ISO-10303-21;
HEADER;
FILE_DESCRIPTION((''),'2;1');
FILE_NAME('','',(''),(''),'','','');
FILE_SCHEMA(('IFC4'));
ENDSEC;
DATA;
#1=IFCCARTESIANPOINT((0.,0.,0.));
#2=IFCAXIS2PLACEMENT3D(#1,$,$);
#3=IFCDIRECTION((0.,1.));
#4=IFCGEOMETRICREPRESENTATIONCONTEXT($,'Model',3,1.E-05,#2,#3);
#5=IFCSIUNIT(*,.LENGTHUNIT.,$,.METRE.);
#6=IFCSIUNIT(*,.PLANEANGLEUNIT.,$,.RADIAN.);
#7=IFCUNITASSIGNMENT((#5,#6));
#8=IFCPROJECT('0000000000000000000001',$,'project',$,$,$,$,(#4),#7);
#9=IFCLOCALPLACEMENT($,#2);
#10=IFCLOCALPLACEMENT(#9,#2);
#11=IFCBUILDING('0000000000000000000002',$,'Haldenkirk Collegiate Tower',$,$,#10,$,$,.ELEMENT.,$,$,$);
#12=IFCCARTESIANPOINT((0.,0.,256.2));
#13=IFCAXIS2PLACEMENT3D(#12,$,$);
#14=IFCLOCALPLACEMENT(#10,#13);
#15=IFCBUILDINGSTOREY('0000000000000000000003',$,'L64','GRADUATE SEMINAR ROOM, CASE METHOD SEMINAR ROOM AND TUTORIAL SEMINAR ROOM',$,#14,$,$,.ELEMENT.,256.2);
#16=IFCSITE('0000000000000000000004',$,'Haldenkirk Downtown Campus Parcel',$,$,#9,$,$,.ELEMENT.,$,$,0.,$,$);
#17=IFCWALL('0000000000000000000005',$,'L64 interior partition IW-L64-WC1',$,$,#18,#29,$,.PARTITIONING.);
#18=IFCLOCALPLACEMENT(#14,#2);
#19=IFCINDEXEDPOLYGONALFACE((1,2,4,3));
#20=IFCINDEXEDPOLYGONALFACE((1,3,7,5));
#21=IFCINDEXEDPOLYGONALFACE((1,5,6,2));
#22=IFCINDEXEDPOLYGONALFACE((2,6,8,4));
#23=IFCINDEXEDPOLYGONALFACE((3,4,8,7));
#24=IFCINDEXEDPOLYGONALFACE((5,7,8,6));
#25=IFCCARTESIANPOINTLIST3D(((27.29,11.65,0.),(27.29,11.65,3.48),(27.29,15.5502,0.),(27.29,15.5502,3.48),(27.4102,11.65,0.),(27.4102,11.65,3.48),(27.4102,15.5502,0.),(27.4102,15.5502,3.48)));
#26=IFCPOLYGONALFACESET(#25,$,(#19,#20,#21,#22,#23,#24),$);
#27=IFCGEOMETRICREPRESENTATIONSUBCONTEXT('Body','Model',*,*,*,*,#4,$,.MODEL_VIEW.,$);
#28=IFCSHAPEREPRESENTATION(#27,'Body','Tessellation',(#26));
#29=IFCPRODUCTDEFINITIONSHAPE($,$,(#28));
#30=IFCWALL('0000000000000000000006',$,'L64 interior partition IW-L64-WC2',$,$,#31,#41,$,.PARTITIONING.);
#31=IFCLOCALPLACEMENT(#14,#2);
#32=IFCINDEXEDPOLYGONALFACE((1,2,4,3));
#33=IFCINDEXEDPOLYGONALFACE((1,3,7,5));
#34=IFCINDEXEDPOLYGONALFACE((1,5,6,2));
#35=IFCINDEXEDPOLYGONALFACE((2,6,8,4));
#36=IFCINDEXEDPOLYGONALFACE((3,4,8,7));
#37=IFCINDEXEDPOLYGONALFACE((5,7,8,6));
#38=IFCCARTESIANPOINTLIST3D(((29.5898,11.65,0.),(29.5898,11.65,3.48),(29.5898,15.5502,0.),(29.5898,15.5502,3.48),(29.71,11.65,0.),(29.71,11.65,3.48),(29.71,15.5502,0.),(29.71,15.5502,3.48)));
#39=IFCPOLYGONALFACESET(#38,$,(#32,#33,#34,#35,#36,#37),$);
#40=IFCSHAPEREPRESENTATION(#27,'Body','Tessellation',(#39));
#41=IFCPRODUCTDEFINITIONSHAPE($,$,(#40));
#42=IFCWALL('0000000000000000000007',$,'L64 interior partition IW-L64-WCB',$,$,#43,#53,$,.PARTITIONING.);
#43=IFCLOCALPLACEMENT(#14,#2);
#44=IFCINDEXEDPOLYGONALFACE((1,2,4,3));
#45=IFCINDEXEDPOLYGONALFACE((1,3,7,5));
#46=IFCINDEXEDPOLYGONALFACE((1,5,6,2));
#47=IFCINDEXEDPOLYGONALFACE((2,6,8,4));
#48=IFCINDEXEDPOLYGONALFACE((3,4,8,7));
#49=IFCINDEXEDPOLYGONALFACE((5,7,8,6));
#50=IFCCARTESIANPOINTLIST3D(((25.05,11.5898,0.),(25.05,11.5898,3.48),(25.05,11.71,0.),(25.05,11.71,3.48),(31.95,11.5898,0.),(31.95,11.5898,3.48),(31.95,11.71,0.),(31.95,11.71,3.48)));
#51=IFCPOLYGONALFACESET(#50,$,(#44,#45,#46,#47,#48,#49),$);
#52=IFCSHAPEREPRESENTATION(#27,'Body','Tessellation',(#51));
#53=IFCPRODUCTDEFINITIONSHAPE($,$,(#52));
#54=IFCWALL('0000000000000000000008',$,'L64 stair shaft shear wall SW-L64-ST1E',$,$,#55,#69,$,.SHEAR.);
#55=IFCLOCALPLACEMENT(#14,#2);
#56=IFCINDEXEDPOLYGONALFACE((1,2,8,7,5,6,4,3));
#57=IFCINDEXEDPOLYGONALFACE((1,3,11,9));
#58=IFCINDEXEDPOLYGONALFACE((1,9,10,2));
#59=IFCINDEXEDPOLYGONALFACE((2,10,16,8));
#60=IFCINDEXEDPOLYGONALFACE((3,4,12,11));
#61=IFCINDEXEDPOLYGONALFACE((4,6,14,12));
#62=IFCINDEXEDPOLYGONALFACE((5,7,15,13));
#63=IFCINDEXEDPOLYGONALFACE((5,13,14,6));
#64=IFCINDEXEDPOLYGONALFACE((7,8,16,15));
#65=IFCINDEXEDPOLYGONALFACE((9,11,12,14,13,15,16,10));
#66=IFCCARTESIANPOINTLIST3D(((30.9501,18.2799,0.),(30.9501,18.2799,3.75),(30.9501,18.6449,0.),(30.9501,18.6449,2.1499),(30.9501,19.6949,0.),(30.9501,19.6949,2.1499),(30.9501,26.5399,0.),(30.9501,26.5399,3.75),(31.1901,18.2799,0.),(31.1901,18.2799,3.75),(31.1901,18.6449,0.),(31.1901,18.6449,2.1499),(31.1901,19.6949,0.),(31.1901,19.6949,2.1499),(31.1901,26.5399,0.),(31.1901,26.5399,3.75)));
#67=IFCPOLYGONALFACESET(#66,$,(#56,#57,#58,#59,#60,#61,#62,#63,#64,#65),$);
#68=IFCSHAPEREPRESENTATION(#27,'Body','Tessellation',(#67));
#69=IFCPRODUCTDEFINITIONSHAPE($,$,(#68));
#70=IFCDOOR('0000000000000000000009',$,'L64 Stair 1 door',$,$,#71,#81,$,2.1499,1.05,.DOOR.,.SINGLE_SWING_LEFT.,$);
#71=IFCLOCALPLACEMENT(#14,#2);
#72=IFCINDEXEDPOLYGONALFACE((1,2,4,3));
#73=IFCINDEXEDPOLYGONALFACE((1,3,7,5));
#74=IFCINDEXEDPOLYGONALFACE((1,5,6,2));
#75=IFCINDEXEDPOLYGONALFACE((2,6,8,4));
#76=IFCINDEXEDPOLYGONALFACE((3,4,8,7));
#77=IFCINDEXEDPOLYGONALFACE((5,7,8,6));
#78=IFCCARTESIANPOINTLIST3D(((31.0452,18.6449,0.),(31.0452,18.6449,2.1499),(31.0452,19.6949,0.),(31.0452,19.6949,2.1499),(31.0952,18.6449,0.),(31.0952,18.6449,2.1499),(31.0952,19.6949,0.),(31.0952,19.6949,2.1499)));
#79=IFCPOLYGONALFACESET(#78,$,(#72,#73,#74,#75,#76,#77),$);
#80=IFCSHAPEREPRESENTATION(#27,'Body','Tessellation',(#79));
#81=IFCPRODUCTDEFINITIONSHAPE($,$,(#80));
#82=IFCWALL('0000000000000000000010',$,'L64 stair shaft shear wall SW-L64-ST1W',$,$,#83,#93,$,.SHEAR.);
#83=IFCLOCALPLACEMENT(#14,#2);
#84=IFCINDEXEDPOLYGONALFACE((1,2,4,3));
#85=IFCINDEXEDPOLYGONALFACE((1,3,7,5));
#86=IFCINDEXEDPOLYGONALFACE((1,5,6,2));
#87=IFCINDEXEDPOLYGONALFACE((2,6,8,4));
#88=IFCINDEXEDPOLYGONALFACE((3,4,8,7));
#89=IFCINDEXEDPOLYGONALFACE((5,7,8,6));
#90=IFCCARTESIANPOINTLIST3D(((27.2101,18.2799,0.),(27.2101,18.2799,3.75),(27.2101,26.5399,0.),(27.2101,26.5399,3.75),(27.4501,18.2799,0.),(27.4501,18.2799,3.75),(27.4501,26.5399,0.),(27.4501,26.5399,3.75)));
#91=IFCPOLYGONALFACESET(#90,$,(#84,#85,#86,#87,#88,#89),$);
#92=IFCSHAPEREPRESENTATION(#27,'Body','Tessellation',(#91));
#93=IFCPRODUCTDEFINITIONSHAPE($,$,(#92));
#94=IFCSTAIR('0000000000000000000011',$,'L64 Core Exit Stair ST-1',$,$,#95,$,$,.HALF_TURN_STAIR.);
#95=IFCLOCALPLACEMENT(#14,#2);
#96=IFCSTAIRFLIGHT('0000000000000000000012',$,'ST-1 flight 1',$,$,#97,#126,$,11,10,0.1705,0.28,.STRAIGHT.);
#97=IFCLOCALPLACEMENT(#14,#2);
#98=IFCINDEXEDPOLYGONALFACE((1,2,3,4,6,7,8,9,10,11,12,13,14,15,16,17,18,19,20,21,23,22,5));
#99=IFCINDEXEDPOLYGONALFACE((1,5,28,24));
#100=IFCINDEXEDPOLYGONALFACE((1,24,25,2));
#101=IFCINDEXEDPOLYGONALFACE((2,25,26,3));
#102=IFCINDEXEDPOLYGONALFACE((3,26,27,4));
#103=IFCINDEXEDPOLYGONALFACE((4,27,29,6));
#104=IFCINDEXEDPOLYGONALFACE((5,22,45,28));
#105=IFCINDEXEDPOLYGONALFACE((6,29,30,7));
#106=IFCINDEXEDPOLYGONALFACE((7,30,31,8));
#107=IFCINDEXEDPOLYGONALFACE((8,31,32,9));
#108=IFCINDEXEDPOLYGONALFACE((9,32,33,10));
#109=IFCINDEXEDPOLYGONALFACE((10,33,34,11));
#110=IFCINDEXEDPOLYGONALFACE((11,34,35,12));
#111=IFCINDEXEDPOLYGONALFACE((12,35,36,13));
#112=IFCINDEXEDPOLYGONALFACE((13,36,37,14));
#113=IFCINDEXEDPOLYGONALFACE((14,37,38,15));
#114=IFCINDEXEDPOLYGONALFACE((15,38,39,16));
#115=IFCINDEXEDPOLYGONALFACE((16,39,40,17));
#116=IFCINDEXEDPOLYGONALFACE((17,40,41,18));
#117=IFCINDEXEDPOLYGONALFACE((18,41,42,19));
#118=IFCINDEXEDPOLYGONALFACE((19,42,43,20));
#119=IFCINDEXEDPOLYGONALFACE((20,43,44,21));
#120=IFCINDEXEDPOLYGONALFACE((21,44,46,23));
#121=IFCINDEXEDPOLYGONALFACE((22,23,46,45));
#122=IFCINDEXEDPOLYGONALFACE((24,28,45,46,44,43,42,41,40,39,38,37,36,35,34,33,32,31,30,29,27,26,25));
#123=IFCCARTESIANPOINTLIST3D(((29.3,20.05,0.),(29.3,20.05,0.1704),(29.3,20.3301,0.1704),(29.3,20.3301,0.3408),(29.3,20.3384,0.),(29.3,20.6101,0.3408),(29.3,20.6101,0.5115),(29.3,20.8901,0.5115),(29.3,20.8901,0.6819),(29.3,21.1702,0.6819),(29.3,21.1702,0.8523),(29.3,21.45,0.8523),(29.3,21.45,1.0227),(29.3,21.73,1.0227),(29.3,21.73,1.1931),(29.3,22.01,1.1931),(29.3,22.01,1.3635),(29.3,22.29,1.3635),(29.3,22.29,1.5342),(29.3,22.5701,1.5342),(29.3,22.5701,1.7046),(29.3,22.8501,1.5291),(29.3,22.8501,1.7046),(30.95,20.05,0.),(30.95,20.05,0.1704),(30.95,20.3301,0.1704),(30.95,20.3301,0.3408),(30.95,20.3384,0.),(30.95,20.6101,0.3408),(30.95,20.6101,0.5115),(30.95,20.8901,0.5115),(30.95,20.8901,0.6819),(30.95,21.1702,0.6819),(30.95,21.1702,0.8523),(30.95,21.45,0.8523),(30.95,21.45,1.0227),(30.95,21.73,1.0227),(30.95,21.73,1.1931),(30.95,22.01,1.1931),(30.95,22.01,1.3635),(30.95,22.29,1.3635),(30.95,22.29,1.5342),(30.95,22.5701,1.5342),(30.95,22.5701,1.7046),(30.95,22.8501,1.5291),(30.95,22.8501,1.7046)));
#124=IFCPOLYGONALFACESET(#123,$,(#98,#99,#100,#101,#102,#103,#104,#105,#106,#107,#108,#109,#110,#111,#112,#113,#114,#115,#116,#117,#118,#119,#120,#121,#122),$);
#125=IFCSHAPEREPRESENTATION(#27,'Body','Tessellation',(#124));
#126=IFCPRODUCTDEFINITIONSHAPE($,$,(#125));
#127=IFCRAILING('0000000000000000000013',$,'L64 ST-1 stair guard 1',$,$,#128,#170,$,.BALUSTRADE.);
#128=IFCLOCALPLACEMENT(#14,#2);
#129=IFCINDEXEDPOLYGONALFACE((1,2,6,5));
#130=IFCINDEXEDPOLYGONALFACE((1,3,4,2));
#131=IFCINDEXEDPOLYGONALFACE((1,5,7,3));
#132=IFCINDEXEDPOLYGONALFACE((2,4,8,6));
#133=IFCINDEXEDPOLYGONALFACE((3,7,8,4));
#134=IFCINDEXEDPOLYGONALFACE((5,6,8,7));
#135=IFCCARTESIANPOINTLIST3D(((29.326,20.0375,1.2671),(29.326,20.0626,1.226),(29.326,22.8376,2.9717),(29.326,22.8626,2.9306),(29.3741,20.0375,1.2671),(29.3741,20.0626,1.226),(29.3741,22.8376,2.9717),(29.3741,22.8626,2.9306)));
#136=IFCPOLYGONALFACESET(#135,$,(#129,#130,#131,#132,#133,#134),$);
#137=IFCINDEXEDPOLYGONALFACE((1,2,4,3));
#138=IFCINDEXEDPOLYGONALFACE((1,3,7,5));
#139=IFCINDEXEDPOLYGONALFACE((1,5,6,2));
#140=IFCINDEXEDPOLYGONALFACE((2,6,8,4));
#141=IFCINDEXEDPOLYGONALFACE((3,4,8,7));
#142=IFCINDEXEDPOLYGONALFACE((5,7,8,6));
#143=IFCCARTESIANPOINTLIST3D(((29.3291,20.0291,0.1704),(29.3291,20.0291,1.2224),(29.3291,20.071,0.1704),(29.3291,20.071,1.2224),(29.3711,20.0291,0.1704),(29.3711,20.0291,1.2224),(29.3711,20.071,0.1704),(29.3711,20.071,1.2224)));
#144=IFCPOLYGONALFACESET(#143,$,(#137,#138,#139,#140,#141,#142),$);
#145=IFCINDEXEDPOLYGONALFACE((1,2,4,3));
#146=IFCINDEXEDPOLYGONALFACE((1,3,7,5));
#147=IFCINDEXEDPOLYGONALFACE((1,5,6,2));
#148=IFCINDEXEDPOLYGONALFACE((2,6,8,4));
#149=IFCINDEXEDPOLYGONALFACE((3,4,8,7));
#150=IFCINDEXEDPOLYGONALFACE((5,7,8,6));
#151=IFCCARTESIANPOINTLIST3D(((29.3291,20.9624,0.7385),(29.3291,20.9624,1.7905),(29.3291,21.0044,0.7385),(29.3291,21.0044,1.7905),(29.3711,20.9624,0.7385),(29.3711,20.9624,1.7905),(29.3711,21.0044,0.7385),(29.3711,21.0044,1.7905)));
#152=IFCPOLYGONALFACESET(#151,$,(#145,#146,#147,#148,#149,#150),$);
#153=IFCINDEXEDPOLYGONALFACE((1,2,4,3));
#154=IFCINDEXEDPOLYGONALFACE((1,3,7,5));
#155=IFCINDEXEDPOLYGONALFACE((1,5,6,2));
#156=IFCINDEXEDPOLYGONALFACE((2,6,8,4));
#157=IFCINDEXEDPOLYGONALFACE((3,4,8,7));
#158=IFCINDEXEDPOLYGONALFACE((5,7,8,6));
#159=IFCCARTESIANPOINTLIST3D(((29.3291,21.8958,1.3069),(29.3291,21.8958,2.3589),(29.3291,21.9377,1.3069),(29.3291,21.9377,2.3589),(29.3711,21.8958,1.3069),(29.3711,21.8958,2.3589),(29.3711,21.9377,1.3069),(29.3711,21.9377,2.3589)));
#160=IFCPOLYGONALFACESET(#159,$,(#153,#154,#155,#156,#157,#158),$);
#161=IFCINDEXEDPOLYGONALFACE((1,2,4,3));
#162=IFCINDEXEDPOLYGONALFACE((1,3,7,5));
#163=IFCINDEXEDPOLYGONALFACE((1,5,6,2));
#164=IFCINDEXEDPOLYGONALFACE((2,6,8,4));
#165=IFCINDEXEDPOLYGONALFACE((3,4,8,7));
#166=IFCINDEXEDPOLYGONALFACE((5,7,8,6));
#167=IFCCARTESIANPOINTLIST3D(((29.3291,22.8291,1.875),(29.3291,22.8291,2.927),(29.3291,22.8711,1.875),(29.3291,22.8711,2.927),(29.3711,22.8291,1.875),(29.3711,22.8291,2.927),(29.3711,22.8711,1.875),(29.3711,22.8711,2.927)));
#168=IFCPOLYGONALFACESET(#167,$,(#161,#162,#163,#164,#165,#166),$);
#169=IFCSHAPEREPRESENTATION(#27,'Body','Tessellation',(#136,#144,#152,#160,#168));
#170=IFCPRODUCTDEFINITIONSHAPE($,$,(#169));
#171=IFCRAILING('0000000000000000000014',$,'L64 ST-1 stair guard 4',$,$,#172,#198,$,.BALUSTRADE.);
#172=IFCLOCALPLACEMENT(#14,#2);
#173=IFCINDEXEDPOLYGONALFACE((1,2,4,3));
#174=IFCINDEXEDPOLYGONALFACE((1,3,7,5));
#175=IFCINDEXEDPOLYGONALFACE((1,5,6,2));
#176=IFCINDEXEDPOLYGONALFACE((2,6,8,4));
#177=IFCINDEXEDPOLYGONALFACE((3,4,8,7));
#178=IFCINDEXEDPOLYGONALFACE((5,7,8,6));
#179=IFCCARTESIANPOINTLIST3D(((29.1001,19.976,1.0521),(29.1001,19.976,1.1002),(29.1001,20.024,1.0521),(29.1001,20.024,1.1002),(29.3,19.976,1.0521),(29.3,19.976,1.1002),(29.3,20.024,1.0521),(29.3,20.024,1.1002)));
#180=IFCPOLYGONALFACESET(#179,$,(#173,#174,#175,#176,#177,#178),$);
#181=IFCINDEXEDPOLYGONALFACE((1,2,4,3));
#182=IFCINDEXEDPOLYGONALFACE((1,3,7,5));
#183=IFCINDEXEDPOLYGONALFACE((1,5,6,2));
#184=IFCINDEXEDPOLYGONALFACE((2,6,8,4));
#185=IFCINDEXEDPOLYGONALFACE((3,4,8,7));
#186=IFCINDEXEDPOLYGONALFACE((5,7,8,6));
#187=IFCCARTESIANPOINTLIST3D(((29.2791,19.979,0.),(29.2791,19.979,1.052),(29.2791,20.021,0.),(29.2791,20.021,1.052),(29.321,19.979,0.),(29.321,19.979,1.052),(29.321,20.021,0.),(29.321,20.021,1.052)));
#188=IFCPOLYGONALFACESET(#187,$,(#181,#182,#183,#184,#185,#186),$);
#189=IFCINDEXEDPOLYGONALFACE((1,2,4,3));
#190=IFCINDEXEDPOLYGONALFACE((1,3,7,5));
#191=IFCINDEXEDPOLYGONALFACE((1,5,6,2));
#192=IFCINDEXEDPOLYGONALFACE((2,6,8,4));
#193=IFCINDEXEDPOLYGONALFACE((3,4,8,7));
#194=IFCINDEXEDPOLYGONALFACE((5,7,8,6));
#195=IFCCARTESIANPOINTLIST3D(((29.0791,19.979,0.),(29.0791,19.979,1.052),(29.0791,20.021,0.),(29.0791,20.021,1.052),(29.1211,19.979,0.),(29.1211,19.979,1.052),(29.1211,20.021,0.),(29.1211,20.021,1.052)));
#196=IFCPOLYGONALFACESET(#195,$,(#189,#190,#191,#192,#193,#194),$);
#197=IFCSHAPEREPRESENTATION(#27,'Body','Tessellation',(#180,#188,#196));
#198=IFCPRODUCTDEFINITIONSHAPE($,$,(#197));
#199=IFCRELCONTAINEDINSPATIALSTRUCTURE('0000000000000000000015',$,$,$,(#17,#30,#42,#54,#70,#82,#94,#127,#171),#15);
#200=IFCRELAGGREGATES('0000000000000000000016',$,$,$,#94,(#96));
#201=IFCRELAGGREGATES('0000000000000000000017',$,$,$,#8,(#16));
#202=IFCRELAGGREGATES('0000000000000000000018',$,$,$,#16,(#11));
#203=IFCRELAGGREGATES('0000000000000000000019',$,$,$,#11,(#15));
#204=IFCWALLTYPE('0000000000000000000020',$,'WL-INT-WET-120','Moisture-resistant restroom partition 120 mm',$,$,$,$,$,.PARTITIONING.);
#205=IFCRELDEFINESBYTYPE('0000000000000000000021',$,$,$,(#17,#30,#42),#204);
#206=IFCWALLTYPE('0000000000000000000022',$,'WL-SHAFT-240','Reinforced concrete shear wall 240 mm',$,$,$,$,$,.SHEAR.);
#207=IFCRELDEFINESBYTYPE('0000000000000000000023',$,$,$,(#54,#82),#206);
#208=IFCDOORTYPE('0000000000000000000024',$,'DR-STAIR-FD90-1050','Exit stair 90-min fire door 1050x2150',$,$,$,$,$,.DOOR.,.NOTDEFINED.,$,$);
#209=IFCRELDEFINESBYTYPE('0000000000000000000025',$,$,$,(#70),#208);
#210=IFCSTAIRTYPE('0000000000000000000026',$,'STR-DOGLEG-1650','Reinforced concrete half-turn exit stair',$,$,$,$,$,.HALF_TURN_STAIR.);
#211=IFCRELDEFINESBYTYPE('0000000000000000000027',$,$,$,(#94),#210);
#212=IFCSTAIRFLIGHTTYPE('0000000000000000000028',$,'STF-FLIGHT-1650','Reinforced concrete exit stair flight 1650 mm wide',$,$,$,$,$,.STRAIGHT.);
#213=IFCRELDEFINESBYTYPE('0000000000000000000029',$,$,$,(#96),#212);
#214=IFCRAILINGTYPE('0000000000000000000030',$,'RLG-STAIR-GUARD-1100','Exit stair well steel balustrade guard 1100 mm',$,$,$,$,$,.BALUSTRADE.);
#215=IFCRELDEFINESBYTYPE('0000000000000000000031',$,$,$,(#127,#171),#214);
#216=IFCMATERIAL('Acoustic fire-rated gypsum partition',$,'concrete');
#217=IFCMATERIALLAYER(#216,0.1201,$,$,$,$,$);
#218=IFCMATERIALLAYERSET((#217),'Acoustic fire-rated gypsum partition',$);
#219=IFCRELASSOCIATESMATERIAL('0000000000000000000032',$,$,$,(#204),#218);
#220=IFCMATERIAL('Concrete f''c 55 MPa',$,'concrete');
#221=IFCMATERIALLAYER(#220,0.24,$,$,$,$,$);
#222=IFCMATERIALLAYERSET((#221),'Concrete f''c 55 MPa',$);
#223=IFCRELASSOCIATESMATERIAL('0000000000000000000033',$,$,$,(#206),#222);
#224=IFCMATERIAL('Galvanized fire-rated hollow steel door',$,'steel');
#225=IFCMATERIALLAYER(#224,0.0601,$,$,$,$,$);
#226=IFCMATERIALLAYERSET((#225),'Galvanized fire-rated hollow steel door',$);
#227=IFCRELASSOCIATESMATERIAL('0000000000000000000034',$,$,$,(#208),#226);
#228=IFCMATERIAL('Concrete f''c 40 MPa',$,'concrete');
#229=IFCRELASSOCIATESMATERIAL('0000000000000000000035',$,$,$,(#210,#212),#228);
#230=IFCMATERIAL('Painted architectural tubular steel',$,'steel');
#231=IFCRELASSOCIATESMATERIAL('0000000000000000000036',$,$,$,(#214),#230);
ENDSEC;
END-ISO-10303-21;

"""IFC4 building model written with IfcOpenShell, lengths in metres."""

from ifc_helpers import new_model, si_unit, direction, frame, frame_2d, origin, origin_2d, place, context, subcontext, project, spatial, polyline, rectangle, outline, extrude, material, layer, layer_set, type_object, element, fill, aggregate, save


model = new_model("IFC4")

# Units and contexts
model_context = context("Model", 3, precision=1e-05, world=origin(), true_north=direction((0.0, 1.0)))
body_context = subcontext(model_context, "Body", "Model", "MODEL_VIEW")
ifc_project = project(units=[si_unit("LENGTHUNIT", "METRE"), si_unit("PLANEANGLEUNIT", "RADIAN")], contexts=[model_context])

# Site, building, storey
site_placement = place(None, origin())
site = spatial("IfcSite", under=ifc_project, at=site_placement, Name="Haldenkirk Downtown Campus Parcel", CompositionType="ELEMENT", RefElevation=0.0)
building_placement = place(site_placement, origin())
building = spatial("IfcBuilding", under=site, at=building_placement, Name="Haldenkirk Collegiate Tower", CompositionType="ELEMENT")
storey_placement = place(building_placement, frame((0.0, 0.0, 256.2)))
storey = spatial("IfcBuildingStorey", under=building, at=storey_placement, Name="L64", Description="GRADUATE SEMINAR ROOM, CASE METHOD SEMINAR ROOM AND TUTORIAL SEMINAR ROOM", CompositionType="ELEMENT", Elevation=256.2)

# Shared definitions
ifc_material_1 = material(Name="Concrete f'c 55 MPa", Category="concrete")
ifc_material_2 = material(Name="Galvanized fire-rated hollow steel door", Category="steel")

# Shared definitions
ifc_material_3 = material(Name="Acoustic fire-rated gypsum partition", Category="concrete")

# Walls
ifc_layer_1 = layer(ifc_material_3, 0.1201)
ifc_layer_set_1 = layer_set([ifc_layer_1], Name="Acoustic fire-rated gypsum partition")
wall_type_1 = type_object("IfcWallType", Name="WL-INT-WET-120", Description="Moisture-resistant restroom partition 120 mm", PredefinedType="PARTITIONING", material=ifc_layer_set_1)
for number, where, z_axis, x_axis, name in (
    (1, (27.3501, 11.6499, 0.0), (0.0, 0.0, 1.0), (0.0, 1.0, 0.0), "L64 interior partition IW-L64-WC1"),
    (2, (29.6499, 11.6499, 0.0), (0.0, 0.0, 1.0), (0.0, 1.0, 0.0), "L64 interior partition IW-L64-WC2"),
):
    element("IfcWall", number, at=place(storey_placement, frame(where, z_axis=z_axis, x_axis=x_axis)), inside=storey, type_object=wall_type_1, Name=name, PredefinedType="PARTITIONING", context=body_context, shape_type="SweptSolid", body=[
        extrude(rectangle(XDim=3.9001, YDim=0.1201, at=frame_2d((1.9502, 0.0))), origin(), (0.0, 0.0, 1.0), 3.48),
    ])
wall_1_placement = place(storey_placement, frame((25.05, 11.6499, 0.0), z_axis=(0.0, 0.0, 1.0), x_axis=(1.0, 0.0, 0.0)))
element("IfcWall", 3, at=wall_1_placement, inside=storey, type_object=wall_type_1, Name="L64 interior partition IW-L64-WCB", PredefinedType="PARTITIONING", context=body_context, shape_type="SweptSolid", body=[
    extrude(rectangle(XDim=6.8999, YDim=0.1201, at=frame_2d((3.45, 0.0))), origin(), (0.0, 0.0, 1.0), 3.48),
])

# Wall, opening, door
ifc_layer_2 = layer(ifc_material_1, 0.24)
ifc_layer_set_2 = layer_set([ifc_layer_2], Name="Concrete f'c 55 MPa")
wall_type_2 = type_object("IfcWallType", Name="WL-SHAFT-240", Description="Reinforced concrete shear wall 240 mm", PredefinedType="SHEAR", material=ifc_layer_set_2)
wall_2_placement = place(storey_placement, frame((31.0701, 18.28, 0.0), z_axis=(0.0, 0.0, 1.0), x_axis=(0.0, 1.0, 0.0)))
wall_2 = element("IfcWall", 4, at=wall_2_placement, inside=storey, type_object=wall_type_2, Name="L64 stair shaft shear wall SW-L64-ST1E", PredefinedType="SHEAR", context=body_context, shape_type="SweptSolid", body=[
    extrude(rectangle(XDim=8.26, YDim=0.24, at=frame_2d((4.1299, 0.0))), origin(), (0.0, 0.0, 1.0), 3.75),
])
opening_1_placement = place(wall_2_placement, frame((0.365, 0.0, 0.0)))
opening_1 = element("IfcOpeningElement", 5, at=opening_1_placement, cuts=wall_2, PredefinedType="OPENING", context=body_context, shape_type="SweptSolid", body=[
    extrude(rectangle(XDim=1.05, YDim=2.1499, at=frame_2d((0.5249, 1.075))), frame((0.0, 0.1299, 0.0), z_axis=(0.0, -1.0, 0.0), x_axis=(1.0, 0.0, 0.0)), (0.0, 0.0, 1.0), 0.26),
])
ifc_layer_3 = layer(ifc_material_2, 0.0601)
ifc_layer_set_3 = layer_set([ifc_layer_3], Name="Galvanized fire-rated hollow steel door")
door_type_1 = type_object("IfcDoorType", Name="DR-STAIR-FD90-1050", Description="Exit stair 90-min fire door 1050x2150", OperationType="NOTDEFINED", PredefinedType="DOOR", material=ifc_layer_set_3)
door_1_placement = place(opening_1_placement, origin())
door_1 = element("IfcDoor", 6, at=door_1_placement, inside=storey, type_object=door_type_1, Name="L64 Stair 1 door", OperationType="SINGLE_SWING_LEFT", OverallHeight=2.1499, OverallWidth=1.05, PredefinedType="DOOR", context=body_context, shape_type="SweptSolid", body=[
    extrude(rectangle(XDim=1.05, YDim=2.1499, at=frame_2d((0.5249, 1.075))), frame((0.0, 0.0249, 0.0), z_axis=(0.0, -1.0, 0.0), x_axis=(1.0, 0.0, 0.0)), (0.0, 0.0, 1.0), 0.05),
])
fill(opening_1, door_1)

# Wall
wall_3_placement = place(storey_placement, frame((27.3301, 18.28, 0.0), z_axis=(0.0, 0.0, 1.0), x_axis=(0.0, 1.0, 0.0)))
element("IfcWall", 7, at=wall_3_placement, inside=storey, type_object=wall_type_2, Name="L64 stair shaft shear wall SW-L64-ST1W", PredefinedType="SHEAR", context=body_context, shape_type="SweptSolid", body=[
    extrude(rectangle(XDim=8.26, YDim=0.24, at=frame_2d((4.1299, 0.0))), origin(), (0.0, 0.0, 1.0), 3.75),
])

# Stair, stair flight
ifc_material_4 = material(Name="Concrete f'c 40 MPa", Category="concrete")
stair_type = type_object("IfcStairType", Name="STR-DOGLEG-1650", Description="Reinforced concrete half-turn exit stair", PredefinedType="HALF_TURN_STAIR", material=ifc_material_4)
stair_placement = place(storey_placement, origin())
stair = element("IfcStair", 8, at=stair_placement, inside=storey, type_object=stair_type, Name="L64 Core Exit Stair ST-1", PredefinedType="HALF_TURN_STAIR")
stair_flight_type = type_object("IfcStairFlightType", Name="STF-FLIGHT-1650", Description="Reinforced concrete exit stair flight 1650 mm wide", PredefinedType="STRAIGHT", material=ifc_material_4)
stair_flight_placement = place(storey_placement, frame((30.125, 20.05, 0.0), z_axis=(0.0, 0.0, 1.0), x_axis=(0.0, 1.0, 0.0)))
stair_flight = element("IfcStairFlight", 9, at=stair_flight_placement, type_object=stair_flight_type, Name="ST-1 flight 1", NumberOfRisers=11, NumberOfTreads=10, PredefinedType="STRAIGHT", RiserHeight=0.1705, TreadLength=0.28, context=body_context, shape_type="SweptSolid", body=[
    extrude(outline(polyline([(0.0, 0.0), (0.0, 0.1704), (0.28, 0.1704), (0.28, 0.3408), (0.5601, 0.3408), (0.5601, 0.5115), (0.8401, 0.5115), (0.8401, 0.6819), (1.1201, 0.6819), (1.1201, 0.8523), (1.3999, 0.8523), (1.3999, 1.0227), (1.6799, 1.0227), (1.6799, 1.1931), (1.96, 1.1931), (1.96, 1.3635), (2.24, 1.3635), (2.24, 1.5342), (2.52, 1.5342), (2.52, 1.7046), (2.8, 1.7046), (2.8, 1.875), (2.8, 1.5291), (0.2883, 0.0), (0.0, 0.0)])), frame((0.0, 0.825, 0.0), z_axis=(0.0, -1.0, 0.0), x_axis=(1.0, 0.0, 0.0)), (0.0, 0.0, 1.0), 1.6499),
])
aggregate(stair, [stair_flight])

# Railings
ifc_material_5 = material(Name="Painted architectural tubular steel", Category="steel")
railing_type_1 = type_object("IfcRailingType", Name="RLG-STAIR-GUARD-1100", Description="Exit stair well steel balustrade guard 1100 mm", PredefinedType="BALUSTRADE", material=ifc_material_5)
railing_1_placement = place(storey_placement, frame((29.3501, 20.05, 0.1704)))
element("IfcRailing", 10, at=railing_1_placement, inside=storey, type_object=railing_type_1, Name="L64 ST-1 stair guard 1", PredefinedType="BALUSTRADE", context=body_context, shape_type="SweptSolid", body=[
    extrude(rectangle(XDim=0.0481, YDim=0.0481, at=origin_2d()), frame((0.0, 0.0, 1.0762), z_axis=(0.0, 0.85417, 0.519994), x_axis=(-1.0, 0.0, 0.0)), (0.0, 0.0, 1.0), 3.2781),
    extrude(rectangle(XDim=0.042, YDim=0.042, at=origin_2d()), origin(), (0.0, 0.0, 1.0), 1.052),
    extrude(rectangle(XDim=0.042, YDim=0.042, at=origin_2d()), frame((0.0, 0.9333, 0.5681)), (0.0, 0.0, 1.0), 1.052),
    extrude(rectangle(XDim=0.042, YDim=0.042, at=origin_2d()), frame((0.0, 1.8667, 1.1365)), (0.0, 0.0, 1.0), 1.052),
    extrude(rectangle(XDim=0.042, YDim=0.042, at=origin_2d()), frame((0.0, 2.8, 1.7046)), (0.0, 0.0, 1.0), 1.052),
])
railing_2_placement = place(storey_placement, frame((29.3, 20.0, 0.0)))
element("IfcRailing", 11, at=railing_2_placement, inside=storey, type_object=railing_type_1, Name="L64 ST-1 stair guard 4", PredefinedType="BALUSTRADE", context=body_context, shape_type="SweptSolid", body=[
    extrude(rectangle(XDim=0.0481, YDim=0.0481, at=origin_2d()), frame((0.0, 0.0, 1.0762), z_axis=(-1.0, 0.0, 0.0), x_axis=(0.0, -1.0, 0.0)), (0.0, 0.0, 1.0), 0.2),
    extrude(rectangle(XDim=0.042, YDim=0.042, at=origin_2d()), origin(), (0.0, 0.0, 1.0), 1.052),
    extrude(rectangle(XDim=0.042, YDim=0.042, at=origin_2d()), frame((-0.2, 0.0, 0.0)), (0.0, 0.0, 1.0), 1.052),
])

save(model, "model.ifc")
